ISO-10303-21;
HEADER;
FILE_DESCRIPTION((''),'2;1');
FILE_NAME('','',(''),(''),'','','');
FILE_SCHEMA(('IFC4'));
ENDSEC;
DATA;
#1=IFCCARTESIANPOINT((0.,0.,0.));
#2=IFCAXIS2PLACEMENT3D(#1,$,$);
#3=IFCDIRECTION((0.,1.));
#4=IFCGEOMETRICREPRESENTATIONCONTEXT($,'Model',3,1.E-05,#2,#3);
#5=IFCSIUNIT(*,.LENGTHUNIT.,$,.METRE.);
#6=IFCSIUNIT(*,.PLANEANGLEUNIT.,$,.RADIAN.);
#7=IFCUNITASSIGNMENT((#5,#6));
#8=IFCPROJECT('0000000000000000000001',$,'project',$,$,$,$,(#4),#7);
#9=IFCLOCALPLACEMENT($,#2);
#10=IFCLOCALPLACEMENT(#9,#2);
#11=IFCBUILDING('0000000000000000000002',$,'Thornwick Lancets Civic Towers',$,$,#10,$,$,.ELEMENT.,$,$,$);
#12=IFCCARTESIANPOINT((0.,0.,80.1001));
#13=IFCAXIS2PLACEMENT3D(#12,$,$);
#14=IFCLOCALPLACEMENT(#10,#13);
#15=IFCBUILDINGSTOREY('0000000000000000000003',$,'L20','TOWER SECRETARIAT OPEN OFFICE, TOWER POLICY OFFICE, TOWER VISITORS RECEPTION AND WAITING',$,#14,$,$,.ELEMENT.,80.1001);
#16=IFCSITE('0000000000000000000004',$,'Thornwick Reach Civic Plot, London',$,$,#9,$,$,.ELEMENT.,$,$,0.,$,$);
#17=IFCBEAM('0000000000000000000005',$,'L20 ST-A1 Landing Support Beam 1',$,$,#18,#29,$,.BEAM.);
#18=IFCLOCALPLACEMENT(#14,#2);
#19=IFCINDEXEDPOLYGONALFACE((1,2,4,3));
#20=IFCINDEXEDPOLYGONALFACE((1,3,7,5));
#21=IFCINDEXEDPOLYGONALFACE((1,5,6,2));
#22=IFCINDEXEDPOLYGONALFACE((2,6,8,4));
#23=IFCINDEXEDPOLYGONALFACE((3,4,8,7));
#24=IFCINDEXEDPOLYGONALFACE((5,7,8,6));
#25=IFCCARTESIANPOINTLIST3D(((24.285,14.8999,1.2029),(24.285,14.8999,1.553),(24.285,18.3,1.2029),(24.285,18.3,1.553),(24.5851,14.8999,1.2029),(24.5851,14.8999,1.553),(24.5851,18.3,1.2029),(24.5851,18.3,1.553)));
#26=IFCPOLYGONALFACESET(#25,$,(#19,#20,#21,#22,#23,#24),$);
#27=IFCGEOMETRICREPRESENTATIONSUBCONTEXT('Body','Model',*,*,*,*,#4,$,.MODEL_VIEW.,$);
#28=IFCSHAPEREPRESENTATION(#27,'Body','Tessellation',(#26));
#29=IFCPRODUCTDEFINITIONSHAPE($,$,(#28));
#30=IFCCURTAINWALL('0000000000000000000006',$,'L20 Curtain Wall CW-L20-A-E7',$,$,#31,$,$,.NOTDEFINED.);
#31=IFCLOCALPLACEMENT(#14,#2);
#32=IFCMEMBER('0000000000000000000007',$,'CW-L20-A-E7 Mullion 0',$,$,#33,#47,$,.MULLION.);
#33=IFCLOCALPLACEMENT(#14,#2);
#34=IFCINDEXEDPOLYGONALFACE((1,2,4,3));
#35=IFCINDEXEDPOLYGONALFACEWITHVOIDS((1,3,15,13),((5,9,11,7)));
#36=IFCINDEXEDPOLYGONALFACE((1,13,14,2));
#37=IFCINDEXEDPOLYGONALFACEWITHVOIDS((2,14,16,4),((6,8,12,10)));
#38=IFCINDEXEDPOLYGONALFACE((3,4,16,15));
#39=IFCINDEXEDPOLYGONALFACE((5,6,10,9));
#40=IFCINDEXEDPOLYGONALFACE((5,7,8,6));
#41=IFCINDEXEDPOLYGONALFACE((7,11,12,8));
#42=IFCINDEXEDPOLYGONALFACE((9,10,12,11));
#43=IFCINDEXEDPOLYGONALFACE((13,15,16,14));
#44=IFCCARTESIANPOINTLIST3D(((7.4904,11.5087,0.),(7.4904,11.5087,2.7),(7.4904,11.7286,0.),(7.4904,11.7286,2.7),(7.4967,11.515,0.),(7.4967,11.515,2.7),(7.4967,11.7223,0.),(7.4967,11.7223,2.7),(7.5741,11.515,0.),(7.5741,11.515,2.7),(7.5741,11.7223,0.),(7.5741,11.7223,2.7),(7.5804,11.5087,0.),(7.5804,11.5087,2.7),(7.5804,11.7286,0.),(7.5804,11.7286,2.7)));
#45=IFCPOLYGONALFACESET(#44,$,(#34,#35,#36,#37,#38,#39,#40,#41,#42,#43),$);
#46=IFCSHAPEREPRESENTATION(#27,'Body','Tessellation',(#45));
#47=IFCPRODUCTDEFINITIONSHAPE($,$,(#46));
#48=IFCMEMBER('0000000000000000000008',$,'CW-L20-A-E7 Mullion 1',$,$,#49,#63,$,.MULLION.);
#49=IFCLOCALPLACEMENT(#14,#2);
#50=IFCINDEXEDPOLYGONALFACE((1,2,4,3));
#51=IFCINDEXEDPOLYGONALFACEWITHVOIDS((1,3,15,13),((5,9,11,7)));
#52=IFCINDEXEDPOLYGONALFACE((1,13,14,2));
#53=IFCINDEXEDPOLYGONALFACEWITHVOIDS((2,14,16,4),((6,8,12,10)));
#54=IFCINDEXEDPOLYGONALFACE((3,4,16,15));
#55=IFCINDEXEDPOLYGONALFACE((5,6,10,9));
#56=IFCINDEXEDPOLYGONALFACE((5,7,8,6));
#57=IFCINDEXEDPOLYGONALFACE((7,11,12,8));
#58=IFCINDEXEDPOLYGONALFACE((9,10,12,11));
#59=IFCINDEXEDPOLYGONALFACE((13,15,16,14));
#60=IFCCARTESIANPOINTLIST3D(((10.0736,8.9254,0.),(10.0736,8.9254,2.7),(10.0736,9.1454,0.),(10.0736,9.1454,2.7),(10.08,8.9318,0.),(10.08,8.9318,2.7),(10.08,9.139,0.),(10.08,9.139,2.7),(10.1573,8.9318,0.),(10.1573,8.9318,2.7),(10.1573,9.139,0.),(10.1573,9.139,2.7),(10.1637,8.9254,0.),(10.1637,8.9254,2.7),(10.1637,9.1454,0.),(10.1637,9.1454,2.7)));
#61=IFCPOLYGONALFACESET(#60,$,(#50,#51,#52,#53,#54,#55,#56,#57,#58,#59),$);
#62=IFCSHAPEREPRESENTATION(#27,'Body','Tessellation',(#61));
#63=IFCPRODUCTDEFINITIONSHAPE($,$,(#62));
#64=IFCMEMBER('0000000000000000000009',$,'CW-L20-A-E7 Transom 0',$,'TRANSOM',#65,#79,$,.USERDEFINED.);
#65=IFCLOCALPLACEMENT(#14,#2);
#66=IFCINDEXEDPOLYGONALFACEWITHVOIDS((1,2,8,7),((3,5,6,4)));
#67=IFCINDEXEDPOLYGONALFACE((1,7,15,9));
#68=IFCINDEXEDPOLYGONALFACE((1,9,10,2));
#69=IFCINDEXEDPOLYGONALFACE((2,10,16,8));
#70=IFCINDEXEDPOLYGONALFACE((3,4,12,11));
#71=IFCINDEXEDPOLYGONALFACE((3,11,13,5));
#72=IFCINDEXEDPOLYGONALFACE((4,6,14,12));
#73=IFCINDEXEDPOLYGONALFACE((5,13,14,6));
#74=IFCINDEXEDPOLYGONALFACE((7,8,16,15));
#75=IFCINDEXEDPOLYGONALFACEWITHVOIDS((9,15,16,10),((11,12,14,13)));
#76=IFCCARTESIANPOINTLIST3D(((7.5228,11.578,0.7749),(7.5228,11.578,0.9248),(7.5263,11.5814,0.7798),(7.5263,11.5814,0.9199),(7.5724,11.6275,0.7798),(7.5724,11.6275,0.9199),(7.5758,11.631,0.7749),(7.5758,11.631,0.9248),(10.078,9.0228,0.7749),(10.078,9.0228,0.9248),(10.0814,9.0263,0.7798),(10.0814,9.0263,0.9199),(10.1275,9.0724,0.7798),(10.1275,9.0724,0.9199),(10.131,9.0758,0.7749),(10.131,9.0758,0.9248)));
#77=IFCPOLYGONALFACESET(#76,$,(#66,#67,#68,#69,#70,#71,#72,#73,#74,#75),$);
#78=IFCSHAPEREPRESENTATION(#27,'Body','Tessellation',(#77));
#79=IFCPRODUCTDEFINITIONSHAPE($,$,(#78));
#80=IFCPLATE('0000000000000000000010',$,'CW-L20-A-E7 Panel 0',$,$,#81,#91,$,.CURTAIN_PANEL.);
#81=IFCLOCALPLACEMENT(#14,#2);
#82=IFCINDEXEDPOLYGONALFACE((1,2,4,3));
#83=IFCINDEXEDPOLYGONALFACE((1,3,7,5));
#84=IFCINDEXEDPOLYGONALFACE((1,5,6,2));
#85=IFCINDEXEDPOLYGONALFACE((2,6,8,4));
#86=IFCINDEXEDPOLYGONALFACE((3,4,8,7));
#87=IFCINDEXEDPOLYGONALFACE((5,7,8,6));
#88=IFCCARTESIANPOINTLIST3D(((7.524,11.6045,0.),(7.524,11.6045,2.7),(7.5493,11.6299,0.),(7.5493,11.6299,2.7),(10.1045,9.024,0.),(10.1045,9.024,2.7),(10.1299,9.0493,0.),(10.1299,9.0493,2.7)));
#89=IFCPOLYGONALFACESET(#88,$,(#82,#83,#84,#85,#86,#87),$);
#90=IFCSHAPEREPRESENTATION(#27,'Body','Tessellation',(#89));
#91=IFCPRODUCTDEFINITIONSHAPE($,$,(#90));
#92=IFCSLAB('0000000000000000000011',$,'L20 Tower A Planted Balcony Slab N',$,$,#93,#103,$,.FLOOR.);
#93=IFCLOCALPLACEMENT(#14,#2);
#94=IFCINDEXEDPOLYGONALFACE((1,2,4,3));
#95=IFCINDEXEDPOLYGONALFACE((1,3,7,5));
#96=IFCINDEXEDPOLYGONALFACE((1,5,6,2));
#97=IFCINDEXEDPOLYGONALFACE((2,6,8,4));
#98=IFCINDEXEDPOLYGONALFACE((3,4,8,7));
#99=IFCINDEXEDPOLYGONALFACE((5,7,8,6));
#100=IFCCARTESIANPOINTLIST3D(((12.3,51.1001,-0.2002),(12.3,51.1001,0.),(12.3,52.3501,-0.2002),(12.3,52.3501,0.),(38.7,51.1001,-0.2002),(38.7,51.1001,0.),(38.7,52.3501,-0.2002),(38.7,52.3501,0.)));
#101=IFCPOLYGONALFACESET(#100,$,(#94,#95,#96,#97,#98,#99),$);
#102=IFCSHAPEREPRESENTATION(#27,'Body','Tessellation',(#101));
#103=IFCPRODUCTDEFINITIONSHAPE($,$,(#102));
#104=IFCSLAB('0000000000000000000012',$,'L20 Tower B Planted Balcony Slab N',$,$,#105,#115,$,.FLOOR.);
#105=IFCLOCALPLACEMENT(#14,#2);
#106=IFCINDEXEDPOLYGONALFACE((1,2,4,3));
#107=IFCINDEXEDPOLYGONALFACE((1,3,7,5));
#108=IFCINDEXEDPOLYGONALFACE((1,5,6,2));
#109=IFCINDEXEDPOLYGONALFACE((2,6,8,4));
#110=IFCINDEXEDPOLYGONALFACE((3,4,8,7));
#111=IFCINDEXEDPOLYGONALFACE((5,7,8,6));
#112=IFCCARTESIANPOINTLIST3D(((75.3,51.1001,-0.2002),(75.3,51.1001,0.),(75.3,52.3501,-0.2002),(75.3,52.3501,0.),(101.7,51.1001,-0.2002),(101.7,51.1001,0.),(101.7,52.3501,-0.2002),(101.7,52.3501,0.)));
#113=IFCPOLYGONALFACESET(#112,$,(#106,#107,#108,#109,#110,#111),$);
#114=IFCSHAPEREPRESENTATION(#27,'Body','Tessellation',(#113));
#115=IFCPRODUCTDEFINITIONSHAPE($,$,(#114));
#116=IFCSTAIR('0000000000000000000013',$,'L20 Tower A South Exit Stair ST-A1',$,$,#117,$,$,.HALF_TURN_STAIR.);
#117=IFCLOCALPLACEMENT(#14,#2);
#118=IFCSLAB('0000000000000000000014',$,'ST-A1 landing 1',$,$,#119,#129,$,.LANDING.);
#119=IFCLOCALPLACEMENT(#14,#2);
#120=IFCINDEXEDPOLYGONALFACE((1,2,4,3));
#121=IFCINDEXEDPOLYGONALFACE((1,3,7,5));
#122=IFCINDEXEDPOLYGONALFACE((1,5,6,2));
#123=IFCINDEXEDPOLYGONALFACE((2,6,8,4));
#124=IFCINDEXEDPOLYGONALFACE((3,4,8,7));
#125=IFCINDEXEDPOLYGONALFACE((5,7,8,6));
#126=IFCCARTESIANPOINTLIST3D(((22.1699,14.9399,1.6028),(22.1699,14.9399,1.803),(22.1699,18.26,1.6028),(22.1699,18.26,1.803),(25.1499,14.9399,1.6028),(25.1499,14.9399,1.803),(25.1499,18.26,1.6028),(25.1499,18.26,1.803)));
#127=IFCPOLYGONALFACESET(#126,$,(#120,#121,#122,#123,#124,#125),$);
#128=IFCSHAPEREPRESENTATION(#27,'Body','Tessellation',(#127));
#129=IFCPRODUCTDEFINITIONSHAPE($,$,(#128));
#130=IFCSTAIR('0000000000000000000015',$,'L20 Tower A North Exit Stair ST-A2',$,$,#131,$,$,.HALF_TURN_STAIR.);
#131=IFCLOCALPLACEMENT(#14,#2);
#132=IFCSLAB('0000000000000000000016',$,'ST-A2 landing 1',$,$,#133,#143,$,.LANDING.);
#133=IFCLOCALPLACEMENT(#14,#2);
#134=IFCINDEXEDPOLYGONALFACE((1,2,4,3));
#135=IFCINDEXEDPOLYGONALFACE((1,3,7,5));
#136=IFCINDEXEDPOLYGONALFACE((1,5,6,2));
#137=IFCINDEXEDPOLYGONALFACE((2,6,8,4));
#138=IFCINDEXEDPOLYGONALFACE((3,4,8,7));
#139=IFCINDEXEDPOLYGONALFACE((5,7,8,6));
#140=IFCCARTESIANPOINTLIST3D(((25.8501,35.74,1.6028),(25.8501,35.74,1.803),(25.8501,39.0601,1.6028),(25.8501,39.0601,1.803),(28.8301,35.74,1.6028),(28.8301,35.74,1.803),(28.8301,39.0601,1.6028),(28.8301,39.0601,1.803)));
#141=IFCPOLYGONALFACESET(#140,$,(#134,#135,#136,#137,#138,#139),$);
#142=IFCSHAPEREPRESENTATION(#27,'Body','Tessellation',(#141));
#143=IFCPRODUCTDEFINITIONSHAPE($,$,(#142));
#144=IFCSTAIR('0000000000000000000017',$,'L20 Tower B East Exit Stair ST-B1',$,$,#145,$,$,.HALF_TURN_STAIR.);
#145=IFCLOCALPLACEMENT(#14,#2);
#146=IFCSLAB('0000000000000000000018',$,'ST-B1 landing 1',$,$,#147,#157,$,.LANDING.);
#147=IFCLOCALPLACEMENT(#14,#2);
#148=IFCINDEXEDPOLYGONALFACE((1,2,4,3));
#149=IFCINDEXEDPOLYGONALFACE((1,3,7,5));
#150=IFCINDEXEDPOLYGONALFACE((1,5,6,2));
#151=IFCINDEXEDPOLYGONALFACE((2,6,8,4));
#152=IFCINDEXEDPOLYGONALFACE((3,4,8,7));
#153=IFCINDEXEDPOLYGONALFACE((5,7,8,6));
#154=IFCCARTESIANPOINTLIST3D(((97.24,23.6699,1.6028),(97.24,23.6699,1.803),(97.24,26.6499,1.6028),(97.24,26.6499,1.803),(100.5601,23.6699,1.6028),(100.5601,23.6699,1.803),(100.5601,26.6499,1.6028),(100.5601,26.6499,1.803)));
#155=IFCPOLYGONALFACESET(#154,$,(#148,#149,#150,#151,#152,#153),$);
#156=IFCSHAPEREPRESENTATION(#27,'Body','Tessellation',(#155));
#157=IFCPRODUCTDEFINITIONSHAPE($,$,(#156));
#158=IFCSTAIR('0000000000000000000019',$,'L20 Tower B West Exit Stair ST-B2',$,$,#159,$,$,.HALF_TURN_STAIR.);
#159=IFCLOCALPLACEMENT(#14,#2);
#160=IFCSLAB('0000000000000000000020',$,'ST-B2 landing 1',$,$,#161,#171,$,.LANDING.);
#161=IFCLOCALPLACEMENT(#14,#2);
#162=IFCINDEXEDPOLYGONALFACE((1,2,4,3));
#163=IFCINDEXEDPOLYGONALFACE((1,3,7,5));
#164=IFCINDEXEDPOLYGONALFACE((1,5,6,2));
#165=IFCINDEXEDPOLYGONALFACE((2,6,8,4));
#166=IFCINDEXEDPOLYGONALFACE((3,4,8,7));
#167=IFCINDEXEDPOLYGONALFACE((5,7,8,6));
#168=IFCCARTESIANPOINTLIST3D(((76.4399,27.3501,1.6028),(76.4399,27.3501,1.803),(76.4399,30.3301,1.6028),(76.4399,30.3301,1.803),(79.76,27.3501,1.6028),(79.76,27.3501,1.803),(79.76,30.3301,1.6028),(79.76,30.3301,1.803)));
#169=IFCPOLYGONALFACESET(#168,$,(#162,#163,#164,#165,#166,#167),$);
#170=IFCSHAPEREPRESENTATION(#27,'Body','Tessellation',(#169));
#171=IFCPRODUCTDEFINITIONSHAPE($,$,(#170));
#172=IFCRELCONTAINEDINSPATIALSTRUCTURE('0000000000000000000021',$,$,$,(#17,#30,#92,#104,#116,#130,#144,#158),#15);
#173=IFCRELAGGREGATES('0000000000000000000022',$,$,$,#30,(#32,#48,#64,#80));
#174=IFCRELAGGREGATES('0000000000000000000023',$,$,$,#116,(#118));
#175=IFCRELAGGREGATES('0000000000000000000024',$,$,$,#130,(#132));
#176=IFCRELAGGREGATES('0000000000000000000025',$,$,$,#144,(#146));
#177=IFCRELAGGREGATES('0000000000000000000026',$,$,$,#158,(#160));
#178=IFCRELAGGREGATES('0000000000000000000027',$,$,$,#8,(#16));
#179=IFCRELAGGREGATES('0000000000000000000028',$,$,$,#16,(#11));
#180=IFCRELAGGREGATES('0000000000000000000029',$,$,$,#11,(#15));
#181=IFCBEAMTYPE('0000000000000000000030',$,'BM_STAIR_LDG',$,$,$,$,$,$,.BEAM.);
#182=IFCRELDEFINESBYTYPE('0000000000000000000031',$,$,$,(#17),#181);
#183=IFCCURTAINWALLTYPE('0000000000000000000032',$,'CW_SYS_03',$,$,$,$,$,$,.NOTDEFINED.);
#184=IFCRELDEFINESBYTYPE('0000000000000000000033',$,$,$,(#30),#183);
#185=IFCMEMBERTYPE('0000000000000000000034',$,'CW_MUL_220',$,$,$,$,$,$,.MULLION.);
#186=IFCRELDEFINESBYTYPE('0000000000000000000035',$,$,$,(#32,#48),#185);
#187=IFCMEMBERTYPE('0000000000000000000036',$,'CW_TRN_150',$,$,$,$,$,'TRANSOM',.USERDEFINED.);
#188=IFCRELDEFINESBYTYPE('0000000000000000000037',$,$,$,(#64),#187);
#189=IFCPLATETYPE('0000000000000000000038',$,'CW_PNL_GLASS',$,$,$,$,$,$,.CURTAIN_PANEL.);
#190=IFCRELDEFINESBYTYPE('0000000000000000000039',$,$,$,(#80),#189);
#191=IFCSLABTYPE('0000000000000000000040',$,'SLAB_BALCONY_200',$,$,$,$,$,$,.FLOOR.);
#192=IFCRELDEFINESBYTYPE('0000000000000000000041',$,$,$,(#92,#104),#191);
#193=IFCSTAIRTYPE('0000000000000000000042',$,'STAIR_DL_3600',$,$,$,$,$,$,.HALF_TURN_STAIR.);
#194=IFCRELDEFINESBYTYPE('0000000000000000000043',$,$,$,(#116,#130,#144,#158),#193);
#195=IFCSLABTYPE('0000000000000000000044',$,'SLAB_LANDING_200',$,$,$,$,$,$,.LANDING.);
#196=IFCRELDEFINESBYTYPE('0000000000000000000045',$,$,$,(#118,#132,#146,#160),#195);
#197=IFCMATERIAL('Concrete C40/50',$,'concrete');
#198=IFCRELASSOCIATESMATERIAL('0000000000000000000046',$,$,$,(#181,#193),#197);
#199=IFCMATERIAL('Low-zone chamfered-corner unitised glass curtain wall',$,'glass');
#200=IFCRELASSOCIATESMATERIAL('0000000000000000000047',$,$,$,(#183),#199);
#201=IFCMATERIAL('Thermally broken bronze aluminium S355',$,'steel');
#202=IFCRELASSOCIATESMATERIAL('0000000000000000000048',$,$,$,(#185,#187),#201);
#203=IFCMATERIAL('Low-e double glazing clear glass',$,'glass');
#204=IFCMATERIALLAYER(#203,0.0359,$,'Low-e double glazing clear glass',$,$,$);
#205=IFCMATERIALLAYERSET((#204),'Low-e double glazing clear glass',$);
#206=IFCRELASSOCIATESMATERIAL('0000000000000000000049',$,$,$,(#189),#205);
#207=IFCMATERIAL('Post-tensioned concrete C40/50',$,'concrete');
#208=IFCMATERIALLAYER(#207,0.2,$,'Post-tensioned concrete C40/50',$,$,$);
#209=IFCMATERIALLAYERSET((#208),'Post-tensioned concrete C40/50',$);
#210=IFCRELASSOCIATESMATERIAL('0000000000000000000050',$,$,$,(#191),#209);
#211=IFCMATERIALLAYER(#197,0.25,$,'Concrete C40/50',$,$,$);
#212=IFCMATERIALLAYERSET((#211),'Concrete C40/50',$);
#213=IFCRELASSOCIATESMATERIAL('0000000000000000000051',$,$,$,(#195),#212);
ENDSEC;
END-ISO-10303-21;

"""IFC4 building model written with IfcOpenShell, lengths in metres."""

from ifc_helpers import new_model, si_unit, direction, frame, origin, origin_2d, place, context, subcontext, project, spatial, polyline, rectangle, hollow_rectangle, outline, extrude, material, layer, layer_set, material_profile, profile_set, type_object, element, aggregate, save


model = new_model("IFC4")

# Units and contexts
model_context = context("Model", 3, precision=1e-05, world=origin(), true_north=direction((0.0, 1.0)))
body_context = subcontext(model_context, "Body", "Model", "MODEL_VIEW")
ifc_project = project(units=[si_unit("LENGTHUNIT", "METRE"), si_unit("PLANEANGLEUNIT", "RADIAN")], contexts=[model_context])

# Site, building, storey
site_placement = place(None, origin())
site = spatial("IfcSite", under=ifc_project, at=site_placement, Name="Thornwick Reach Civic Plot, London", CompositionType="ELEMENT", RefElevation=0.0)
building_placement = place(site_placement, origin())
building = spatial("IfcBuilding", under=site, at=building_placement, Name="Thornwick Lancets Civic Towers", CompositionType="ELEMENT")
storey_placement = place(building_placement, frame((0.0, 0.0, 80.1001)))
storey = spatial("IfcBuildingStorey", under=building, at=storey_placement, Name="L20", Description="TOWER SECRETARIAT OPEN OFFICE, TOWER POLICY OFFICE, TOWER VISITORS RECEPTION AND WAITING", CompositionType="ELEMENT", Elevation=80.1001)

# Beam
ifc_material_1 = material(Name="Concrete C40/50", Category="concrete")
ifc_material_profile_1 = material_profile(ifc_material_1, rectangle(XDim=0.3, YDim=0.3501, at=origin_2d()), Name="RC 300x350")
ifc_profile_set_1 = profile_set([ifc_material_profile_1], Name="Concrete C40/50")
beam_type_1 = type_object("IfcBeamType", Name="BM_STAIR_LDG", PredefinedType="BEAM", material=ifc_profile_set_1)
beam_1_placement = place(storey_placement, frame((24.4351, 14.8999, 1.3779), z_axis=(0.0, 1.0, 0.0), x_axis=(-1.0, 0.0, 0.0)))
element("IfcBeam", 1, at=beam_1_placement, inside=storey, type_object=beam_type_1, Name="L20 ST-A1 Landing Support Beam 1", PredefinedType="BEAM", context=body_context, shape_type="SweptSolid", body=[
    extrude(rectangle(XDim=0.3, YDim=0.3501, at=origin_2d()), origin(), (0.0, 0.0, 1.0), 3.4001),
])

# Curtain wall, members, plate
ifc_material_2 = material(Name="Low-zone chamfered-corner unitised glass curtain wall", Category="glass")
curtain_wall_type = type_object("IfcCurtainWallType", Name="CW_SYS_03", PredefinedType="NOTDEFINED", material=ifc_material_2)
curtain_wall_placement = place(storey_placement, origin())
curtain_wall = element("IfcCurtainWall", 2, at=curtain_wall_placement, inside=storey, type_object=curtain_wall_type, Name="L20 Curtain Wall CW-L20-A-E7", PredefinedType="NOTDEFINED")
ifc_material_3 = material(Name="Thermally broken bronze aluminium S355", Category="steel")
ifc_material_profile_2 = material_profile(ifc_material_3, hollow_rectangle(XDim=0.0901, YDim=0.22, WallThickness=0.0063, at=origin_2d()), Name="RHS 220x90x6.3")
ifc_profile_set_2 = profile_set([ifc_material_profile_2], Name="Thermally broken bronze aluminium S355")
member_type_1 = type_object("IfcMemberType", Name="CW_MUL_220", PredefinedType="MULLION", material=ifc_profile_set_2)
member_1_placement = place(storey_placement, frame((7.5354, 11.6187, 0.0), z_axis=(0.0, 0.0, 1.0), x_axis=(1.0, 0.0, 0.0)))
member_1 = element("IfcMember", 3, at=member_1_placement, type_object=member_type_1, Name="CW-L20-A-E7 Mullion 0", PredefinedType="MULLION", context=body_context, shape_type="SweptSolid", body=[
    extrude(hollow_rectangle(XDim=0.0901, YDim=0.22, WallThickness=0.0063, at=origin_2d()), origin(), (0.0, 0.0, 1.0), 2.7),
])
member_2_placement = place(storey_placement, frame((10.1187, 9.0354, 0.0), z_axis=(0.0, 0.0, 1.0), x_axis=(1.0, 0.0, 0.0)))
member_2 = element("IfcMember", 4, at=member_2_placement, type_object=member_type_1, Name="CW-L20-A-E7 Mullion 1", PredefinedType="MULLION", context=body_context, shape_type="SweptSolid", body=[
    extrude(hollow_rectangle(XDim=0.0901, YDim=0.22, WallThickness=0.0063, at=origin_2d()), origin(), (0.0, 0.0, 1.0), 2.7),
])
ifc_material_profile_3 = material_profile(ifc_material_3, hollow_rectangle(XDim=0.075, YDim=0.1499, WallThickness=0.0049, at=origin_2d()), Name="RHS 150x75x5")
ifc_profile_set_3 = profile_set([ifc_material_profile_3], Name="Thermally broken bronze aluminium S355")
member_type_2 = type_object("IfcMemberType", Name="CW_TRN_150", ElementType="TRANSOM", PredefinedType="USERDEFINED", material=ifc_profile_set_3)
member_3_placement = place(storey_placement, frame((7.5493, 11.6045, 0.8499), z_axis=(0.707107, -0.707107, 0.0), x_axis=(0.707107, 0.707107, 0.0)))
member_3 = element("IfcMember", 5, at=member_3_placement, type_object=member_type_2, Name="CW-L20-A-E7 Transom 0", ObjectType="TRANSOM", PredefinedType="USERDEFINED", context=body_context, shape_type="SweptSolid", body=[
    extrude(hollow_rectangle(XDim=0.075, YDim=0.1499, WallThickness=0.0049, at=origin_2d()), origin(), (0.0, 0.0, 1.0), 3.6135),
])
ifc_material_4 = material(Name="Low-e double glazing clear glass", Category="glass")
ifc_layer_1 = layer(ifc_material_4, 0.0359, Name="Low-e double glazing clear glass")
ifc_layer_set_1 = layer_set([ifc_layer_1], Name="Low-e double glazing clear glass")
plate_type = type_object("IfcPlateType", Name="CW_PNL_GLASS", PredefinedType="CURTAIN_PANEL", material=ifc_layer_set_1)
plate_placement = place(storey_placement, frame((8.8269, 10.3269, 0.0), z_axis=(0.0, 0.0, 1.0), x_axis=(0.707107, -0.707107, 0.0)))
plate = element("IfcPlate", 6, at=plate_placement, type_object=plate_type, Name="CW-L20-A-E7 Panel 0", PredefinedType="CURTAIN_PANEL", context=body_context, shape_type="SweptSolid", body=[
    extrude(rectangle(XDim=3.6494, YDim=0.0359, at=origin_2d()), origin(), (0.0, 0.0, 1.0), 2.7),
])
aggregate(curtain_wall, [member_1, member_2, member_3, plate])

# Slabs
ifc_material_5 = material(Name="Post-tensioned concrete C40/50", Category="concrete")
ifc_layer_2 = layer(ifc_material_5, 0.2, Name="Post-tensioned concrete C40/50")
ifc_layer_set_2 = layer_set([ifc_layer_2], Name="Post-tensioned concrete C40/50")
slab_type_1 = type_object("IfcSlabType", Name="SLAB_BALCONY_200", PredefinedType="FLOOR", material=ifc_layer_set_2)
slab_1_placement = place(storey_placement, frame((0.0, 0.0, -0.2002)))
element("IfcSlab", 7, at=slab_1_placement, inside=storey, type_object=slab_type_1, Name="L20 Tower A Planted Balcony Slab N", PredefinedType="FLOOR", context=body_context, shape_type="SweptSolid", body=[
    extrude(outline(polyline([(12.3, 51.1001), (38.7, 51.1001), (38.7, 52.3501), (12.3, 52.3501), (12.3, 51.1001)])), origin(), (0.0, 0.0, 1.0), 0.2002),
])
slab_2_placement = place(storey_placement, frame((0.0, 0.0, -0.2002)))
element("IfcSlab", 8, at=slab_2_placement, inside=storey, type_object=slab_type_1, Name="L20 Tower B Planted Balcony Slab N", PredefinedType="FLOOR", context=body_context, shape_type="SweptSolid", body=[
    extrude(outline(polyline([(75.3, 51.1001), (101.7, 51.1001), (101.7, 52.3501), (75.3, 52.3501), (75.3, 51.1001)])), origin(), (0.0, 0.0, 1.0), 0.2002),
])

# Stairs, slabs
stair_type = type_object("IfcStairType", Name="STAIR_DL_3600", PredefinedType="HALF_TURN_STAIR", material=ifc_material_1)
stair_1_placement = place(storey_placement, origin())
stair_1 = element("IfcStair", 9, at=stair_1_placement, inside=storey, type_object=stair_type, Name="L20 Tower A South Exit Stair ST-A1", PredefinedType="HALF_TURN_STAIR")
ifc_layer_3 = layer(ifc_material_1, 0.25, Name="Concrete C40/50")
ifc_layer_set_3 = layer_set([ifc_layer_3], Name="Concrete C40/50")
slab_type_2 = type_object("IfcSlabType", Name="SLAB_LANDING_200", PredefinedType="LANDING", material=ifc_layer_set_3)
slab_3_placement = place(storey_placement, frame((0.0, 0.0, 1.6028)))
slab_3 = element("IfcSlab", 10, at=slab_3_placement, type_object=slab_type_2, Name="ST-A1 landing 1", PredefinedType="LANDING", context=body_context, shape_type="SweptSolid", body=[
    extrude(outline(polyline([(22.1699, 14.9399), (25.1499, 14.9399), (25.1499, 18.26), (22.1699, 18.26), (22.1699, 14.9399)])), origin(), (0.0, 0.0, 1.0), 0.2002),
])
aggregate(stair_1, [slab_3])
stair_2_placement = place(storey_placement, origin())
stair_2 = element("IfcStair", 11, at=stair_2_placement, inside=storey, type_object=stair_type, Name="L20 Tower A North Exit Stair ST-A2", PredefinedType="HALF_TURN_STAIR")
slab_4_placement = place(storey_placement, frame((0.0, 0.0, 1.6028)))
slab_4 = element("IfcSlab", 12, at=slab_4_placement, type_object=slab_type_2, Name="ST-A2 landing 1", PredefinedType="LANDING", context=body_context, shape_type="SweptSolid", body=[
    extrude(outline(polyline([(28.8301, 39.0601), (25.8501, 39.0601), (25.8501, 35.74), (28.8301, 35.74), (28.8301, 39.0601)])), origin(), (0.0, 0.0, 1.0), 0.2002),
])
aggregate(stair_2, [slab_4])
stair_3_placement = place(storey_placement, origin())
stair_3 = element("IfcStair", 13, at=stair_3_placement, inside=storey, type_object=stair_type, Name="L20 Tower B East Exit Stair ST-B1", PredefinedType="HALF_TURN_STAIR")
slab_5_placement = place(storey_placement, frame((0.0, 0.0, 1.6028)))
slab_5 = element("IfcSlab", 14, at=slab_5_placement, type_object=slab_type_2, Name="ST-B1 landing 1", PredefinedType="LANDING", context=body_context, shape_type="SweptSolid", body=[
    extrude(outline(polyline([(100.5601, 23.6699), (100.5601, 26.6499), (97.24, 26.6499), (97.24, 23.6699), (100.5601, 23.6699)])), origin(), (0.0, 0.0, 1.0), 0.2002),
])
aggregate(stair_3, [slab_5])
stair_4_placement = place(storey_placement, origin())
stair_4 = element("IfcStair", 15, at=stair_4_placement, inside=storey, type_object=stair_type, Name="L20 Tower B West Exit Stair ST-B2", PredefinedType="HALF_TURN_STAIR")
slab_6_placement = place(storey_placement, frame((0.0, 0.0, 1.6028)))
slab_6 = element("IfcSlab", 16, at=slab_6_placement, type_object=slab_type_2, Name="ST-B2 landing 1", PredefinedType="LANDING", context=body_context, shape_type="SweptSolid", body=[
    extrude(outline(polyline([(76.4399, 30.3301), (76.4399, 27.3501), (79.76, 27.3501), (79.76, 30.3301), (76.4399, 30.3301)])), origin(), (0.0, 0.0, 1.0), 0.2002),
])
aggregate(stair_4, [slab_6])

save(model, "model.ifc")
